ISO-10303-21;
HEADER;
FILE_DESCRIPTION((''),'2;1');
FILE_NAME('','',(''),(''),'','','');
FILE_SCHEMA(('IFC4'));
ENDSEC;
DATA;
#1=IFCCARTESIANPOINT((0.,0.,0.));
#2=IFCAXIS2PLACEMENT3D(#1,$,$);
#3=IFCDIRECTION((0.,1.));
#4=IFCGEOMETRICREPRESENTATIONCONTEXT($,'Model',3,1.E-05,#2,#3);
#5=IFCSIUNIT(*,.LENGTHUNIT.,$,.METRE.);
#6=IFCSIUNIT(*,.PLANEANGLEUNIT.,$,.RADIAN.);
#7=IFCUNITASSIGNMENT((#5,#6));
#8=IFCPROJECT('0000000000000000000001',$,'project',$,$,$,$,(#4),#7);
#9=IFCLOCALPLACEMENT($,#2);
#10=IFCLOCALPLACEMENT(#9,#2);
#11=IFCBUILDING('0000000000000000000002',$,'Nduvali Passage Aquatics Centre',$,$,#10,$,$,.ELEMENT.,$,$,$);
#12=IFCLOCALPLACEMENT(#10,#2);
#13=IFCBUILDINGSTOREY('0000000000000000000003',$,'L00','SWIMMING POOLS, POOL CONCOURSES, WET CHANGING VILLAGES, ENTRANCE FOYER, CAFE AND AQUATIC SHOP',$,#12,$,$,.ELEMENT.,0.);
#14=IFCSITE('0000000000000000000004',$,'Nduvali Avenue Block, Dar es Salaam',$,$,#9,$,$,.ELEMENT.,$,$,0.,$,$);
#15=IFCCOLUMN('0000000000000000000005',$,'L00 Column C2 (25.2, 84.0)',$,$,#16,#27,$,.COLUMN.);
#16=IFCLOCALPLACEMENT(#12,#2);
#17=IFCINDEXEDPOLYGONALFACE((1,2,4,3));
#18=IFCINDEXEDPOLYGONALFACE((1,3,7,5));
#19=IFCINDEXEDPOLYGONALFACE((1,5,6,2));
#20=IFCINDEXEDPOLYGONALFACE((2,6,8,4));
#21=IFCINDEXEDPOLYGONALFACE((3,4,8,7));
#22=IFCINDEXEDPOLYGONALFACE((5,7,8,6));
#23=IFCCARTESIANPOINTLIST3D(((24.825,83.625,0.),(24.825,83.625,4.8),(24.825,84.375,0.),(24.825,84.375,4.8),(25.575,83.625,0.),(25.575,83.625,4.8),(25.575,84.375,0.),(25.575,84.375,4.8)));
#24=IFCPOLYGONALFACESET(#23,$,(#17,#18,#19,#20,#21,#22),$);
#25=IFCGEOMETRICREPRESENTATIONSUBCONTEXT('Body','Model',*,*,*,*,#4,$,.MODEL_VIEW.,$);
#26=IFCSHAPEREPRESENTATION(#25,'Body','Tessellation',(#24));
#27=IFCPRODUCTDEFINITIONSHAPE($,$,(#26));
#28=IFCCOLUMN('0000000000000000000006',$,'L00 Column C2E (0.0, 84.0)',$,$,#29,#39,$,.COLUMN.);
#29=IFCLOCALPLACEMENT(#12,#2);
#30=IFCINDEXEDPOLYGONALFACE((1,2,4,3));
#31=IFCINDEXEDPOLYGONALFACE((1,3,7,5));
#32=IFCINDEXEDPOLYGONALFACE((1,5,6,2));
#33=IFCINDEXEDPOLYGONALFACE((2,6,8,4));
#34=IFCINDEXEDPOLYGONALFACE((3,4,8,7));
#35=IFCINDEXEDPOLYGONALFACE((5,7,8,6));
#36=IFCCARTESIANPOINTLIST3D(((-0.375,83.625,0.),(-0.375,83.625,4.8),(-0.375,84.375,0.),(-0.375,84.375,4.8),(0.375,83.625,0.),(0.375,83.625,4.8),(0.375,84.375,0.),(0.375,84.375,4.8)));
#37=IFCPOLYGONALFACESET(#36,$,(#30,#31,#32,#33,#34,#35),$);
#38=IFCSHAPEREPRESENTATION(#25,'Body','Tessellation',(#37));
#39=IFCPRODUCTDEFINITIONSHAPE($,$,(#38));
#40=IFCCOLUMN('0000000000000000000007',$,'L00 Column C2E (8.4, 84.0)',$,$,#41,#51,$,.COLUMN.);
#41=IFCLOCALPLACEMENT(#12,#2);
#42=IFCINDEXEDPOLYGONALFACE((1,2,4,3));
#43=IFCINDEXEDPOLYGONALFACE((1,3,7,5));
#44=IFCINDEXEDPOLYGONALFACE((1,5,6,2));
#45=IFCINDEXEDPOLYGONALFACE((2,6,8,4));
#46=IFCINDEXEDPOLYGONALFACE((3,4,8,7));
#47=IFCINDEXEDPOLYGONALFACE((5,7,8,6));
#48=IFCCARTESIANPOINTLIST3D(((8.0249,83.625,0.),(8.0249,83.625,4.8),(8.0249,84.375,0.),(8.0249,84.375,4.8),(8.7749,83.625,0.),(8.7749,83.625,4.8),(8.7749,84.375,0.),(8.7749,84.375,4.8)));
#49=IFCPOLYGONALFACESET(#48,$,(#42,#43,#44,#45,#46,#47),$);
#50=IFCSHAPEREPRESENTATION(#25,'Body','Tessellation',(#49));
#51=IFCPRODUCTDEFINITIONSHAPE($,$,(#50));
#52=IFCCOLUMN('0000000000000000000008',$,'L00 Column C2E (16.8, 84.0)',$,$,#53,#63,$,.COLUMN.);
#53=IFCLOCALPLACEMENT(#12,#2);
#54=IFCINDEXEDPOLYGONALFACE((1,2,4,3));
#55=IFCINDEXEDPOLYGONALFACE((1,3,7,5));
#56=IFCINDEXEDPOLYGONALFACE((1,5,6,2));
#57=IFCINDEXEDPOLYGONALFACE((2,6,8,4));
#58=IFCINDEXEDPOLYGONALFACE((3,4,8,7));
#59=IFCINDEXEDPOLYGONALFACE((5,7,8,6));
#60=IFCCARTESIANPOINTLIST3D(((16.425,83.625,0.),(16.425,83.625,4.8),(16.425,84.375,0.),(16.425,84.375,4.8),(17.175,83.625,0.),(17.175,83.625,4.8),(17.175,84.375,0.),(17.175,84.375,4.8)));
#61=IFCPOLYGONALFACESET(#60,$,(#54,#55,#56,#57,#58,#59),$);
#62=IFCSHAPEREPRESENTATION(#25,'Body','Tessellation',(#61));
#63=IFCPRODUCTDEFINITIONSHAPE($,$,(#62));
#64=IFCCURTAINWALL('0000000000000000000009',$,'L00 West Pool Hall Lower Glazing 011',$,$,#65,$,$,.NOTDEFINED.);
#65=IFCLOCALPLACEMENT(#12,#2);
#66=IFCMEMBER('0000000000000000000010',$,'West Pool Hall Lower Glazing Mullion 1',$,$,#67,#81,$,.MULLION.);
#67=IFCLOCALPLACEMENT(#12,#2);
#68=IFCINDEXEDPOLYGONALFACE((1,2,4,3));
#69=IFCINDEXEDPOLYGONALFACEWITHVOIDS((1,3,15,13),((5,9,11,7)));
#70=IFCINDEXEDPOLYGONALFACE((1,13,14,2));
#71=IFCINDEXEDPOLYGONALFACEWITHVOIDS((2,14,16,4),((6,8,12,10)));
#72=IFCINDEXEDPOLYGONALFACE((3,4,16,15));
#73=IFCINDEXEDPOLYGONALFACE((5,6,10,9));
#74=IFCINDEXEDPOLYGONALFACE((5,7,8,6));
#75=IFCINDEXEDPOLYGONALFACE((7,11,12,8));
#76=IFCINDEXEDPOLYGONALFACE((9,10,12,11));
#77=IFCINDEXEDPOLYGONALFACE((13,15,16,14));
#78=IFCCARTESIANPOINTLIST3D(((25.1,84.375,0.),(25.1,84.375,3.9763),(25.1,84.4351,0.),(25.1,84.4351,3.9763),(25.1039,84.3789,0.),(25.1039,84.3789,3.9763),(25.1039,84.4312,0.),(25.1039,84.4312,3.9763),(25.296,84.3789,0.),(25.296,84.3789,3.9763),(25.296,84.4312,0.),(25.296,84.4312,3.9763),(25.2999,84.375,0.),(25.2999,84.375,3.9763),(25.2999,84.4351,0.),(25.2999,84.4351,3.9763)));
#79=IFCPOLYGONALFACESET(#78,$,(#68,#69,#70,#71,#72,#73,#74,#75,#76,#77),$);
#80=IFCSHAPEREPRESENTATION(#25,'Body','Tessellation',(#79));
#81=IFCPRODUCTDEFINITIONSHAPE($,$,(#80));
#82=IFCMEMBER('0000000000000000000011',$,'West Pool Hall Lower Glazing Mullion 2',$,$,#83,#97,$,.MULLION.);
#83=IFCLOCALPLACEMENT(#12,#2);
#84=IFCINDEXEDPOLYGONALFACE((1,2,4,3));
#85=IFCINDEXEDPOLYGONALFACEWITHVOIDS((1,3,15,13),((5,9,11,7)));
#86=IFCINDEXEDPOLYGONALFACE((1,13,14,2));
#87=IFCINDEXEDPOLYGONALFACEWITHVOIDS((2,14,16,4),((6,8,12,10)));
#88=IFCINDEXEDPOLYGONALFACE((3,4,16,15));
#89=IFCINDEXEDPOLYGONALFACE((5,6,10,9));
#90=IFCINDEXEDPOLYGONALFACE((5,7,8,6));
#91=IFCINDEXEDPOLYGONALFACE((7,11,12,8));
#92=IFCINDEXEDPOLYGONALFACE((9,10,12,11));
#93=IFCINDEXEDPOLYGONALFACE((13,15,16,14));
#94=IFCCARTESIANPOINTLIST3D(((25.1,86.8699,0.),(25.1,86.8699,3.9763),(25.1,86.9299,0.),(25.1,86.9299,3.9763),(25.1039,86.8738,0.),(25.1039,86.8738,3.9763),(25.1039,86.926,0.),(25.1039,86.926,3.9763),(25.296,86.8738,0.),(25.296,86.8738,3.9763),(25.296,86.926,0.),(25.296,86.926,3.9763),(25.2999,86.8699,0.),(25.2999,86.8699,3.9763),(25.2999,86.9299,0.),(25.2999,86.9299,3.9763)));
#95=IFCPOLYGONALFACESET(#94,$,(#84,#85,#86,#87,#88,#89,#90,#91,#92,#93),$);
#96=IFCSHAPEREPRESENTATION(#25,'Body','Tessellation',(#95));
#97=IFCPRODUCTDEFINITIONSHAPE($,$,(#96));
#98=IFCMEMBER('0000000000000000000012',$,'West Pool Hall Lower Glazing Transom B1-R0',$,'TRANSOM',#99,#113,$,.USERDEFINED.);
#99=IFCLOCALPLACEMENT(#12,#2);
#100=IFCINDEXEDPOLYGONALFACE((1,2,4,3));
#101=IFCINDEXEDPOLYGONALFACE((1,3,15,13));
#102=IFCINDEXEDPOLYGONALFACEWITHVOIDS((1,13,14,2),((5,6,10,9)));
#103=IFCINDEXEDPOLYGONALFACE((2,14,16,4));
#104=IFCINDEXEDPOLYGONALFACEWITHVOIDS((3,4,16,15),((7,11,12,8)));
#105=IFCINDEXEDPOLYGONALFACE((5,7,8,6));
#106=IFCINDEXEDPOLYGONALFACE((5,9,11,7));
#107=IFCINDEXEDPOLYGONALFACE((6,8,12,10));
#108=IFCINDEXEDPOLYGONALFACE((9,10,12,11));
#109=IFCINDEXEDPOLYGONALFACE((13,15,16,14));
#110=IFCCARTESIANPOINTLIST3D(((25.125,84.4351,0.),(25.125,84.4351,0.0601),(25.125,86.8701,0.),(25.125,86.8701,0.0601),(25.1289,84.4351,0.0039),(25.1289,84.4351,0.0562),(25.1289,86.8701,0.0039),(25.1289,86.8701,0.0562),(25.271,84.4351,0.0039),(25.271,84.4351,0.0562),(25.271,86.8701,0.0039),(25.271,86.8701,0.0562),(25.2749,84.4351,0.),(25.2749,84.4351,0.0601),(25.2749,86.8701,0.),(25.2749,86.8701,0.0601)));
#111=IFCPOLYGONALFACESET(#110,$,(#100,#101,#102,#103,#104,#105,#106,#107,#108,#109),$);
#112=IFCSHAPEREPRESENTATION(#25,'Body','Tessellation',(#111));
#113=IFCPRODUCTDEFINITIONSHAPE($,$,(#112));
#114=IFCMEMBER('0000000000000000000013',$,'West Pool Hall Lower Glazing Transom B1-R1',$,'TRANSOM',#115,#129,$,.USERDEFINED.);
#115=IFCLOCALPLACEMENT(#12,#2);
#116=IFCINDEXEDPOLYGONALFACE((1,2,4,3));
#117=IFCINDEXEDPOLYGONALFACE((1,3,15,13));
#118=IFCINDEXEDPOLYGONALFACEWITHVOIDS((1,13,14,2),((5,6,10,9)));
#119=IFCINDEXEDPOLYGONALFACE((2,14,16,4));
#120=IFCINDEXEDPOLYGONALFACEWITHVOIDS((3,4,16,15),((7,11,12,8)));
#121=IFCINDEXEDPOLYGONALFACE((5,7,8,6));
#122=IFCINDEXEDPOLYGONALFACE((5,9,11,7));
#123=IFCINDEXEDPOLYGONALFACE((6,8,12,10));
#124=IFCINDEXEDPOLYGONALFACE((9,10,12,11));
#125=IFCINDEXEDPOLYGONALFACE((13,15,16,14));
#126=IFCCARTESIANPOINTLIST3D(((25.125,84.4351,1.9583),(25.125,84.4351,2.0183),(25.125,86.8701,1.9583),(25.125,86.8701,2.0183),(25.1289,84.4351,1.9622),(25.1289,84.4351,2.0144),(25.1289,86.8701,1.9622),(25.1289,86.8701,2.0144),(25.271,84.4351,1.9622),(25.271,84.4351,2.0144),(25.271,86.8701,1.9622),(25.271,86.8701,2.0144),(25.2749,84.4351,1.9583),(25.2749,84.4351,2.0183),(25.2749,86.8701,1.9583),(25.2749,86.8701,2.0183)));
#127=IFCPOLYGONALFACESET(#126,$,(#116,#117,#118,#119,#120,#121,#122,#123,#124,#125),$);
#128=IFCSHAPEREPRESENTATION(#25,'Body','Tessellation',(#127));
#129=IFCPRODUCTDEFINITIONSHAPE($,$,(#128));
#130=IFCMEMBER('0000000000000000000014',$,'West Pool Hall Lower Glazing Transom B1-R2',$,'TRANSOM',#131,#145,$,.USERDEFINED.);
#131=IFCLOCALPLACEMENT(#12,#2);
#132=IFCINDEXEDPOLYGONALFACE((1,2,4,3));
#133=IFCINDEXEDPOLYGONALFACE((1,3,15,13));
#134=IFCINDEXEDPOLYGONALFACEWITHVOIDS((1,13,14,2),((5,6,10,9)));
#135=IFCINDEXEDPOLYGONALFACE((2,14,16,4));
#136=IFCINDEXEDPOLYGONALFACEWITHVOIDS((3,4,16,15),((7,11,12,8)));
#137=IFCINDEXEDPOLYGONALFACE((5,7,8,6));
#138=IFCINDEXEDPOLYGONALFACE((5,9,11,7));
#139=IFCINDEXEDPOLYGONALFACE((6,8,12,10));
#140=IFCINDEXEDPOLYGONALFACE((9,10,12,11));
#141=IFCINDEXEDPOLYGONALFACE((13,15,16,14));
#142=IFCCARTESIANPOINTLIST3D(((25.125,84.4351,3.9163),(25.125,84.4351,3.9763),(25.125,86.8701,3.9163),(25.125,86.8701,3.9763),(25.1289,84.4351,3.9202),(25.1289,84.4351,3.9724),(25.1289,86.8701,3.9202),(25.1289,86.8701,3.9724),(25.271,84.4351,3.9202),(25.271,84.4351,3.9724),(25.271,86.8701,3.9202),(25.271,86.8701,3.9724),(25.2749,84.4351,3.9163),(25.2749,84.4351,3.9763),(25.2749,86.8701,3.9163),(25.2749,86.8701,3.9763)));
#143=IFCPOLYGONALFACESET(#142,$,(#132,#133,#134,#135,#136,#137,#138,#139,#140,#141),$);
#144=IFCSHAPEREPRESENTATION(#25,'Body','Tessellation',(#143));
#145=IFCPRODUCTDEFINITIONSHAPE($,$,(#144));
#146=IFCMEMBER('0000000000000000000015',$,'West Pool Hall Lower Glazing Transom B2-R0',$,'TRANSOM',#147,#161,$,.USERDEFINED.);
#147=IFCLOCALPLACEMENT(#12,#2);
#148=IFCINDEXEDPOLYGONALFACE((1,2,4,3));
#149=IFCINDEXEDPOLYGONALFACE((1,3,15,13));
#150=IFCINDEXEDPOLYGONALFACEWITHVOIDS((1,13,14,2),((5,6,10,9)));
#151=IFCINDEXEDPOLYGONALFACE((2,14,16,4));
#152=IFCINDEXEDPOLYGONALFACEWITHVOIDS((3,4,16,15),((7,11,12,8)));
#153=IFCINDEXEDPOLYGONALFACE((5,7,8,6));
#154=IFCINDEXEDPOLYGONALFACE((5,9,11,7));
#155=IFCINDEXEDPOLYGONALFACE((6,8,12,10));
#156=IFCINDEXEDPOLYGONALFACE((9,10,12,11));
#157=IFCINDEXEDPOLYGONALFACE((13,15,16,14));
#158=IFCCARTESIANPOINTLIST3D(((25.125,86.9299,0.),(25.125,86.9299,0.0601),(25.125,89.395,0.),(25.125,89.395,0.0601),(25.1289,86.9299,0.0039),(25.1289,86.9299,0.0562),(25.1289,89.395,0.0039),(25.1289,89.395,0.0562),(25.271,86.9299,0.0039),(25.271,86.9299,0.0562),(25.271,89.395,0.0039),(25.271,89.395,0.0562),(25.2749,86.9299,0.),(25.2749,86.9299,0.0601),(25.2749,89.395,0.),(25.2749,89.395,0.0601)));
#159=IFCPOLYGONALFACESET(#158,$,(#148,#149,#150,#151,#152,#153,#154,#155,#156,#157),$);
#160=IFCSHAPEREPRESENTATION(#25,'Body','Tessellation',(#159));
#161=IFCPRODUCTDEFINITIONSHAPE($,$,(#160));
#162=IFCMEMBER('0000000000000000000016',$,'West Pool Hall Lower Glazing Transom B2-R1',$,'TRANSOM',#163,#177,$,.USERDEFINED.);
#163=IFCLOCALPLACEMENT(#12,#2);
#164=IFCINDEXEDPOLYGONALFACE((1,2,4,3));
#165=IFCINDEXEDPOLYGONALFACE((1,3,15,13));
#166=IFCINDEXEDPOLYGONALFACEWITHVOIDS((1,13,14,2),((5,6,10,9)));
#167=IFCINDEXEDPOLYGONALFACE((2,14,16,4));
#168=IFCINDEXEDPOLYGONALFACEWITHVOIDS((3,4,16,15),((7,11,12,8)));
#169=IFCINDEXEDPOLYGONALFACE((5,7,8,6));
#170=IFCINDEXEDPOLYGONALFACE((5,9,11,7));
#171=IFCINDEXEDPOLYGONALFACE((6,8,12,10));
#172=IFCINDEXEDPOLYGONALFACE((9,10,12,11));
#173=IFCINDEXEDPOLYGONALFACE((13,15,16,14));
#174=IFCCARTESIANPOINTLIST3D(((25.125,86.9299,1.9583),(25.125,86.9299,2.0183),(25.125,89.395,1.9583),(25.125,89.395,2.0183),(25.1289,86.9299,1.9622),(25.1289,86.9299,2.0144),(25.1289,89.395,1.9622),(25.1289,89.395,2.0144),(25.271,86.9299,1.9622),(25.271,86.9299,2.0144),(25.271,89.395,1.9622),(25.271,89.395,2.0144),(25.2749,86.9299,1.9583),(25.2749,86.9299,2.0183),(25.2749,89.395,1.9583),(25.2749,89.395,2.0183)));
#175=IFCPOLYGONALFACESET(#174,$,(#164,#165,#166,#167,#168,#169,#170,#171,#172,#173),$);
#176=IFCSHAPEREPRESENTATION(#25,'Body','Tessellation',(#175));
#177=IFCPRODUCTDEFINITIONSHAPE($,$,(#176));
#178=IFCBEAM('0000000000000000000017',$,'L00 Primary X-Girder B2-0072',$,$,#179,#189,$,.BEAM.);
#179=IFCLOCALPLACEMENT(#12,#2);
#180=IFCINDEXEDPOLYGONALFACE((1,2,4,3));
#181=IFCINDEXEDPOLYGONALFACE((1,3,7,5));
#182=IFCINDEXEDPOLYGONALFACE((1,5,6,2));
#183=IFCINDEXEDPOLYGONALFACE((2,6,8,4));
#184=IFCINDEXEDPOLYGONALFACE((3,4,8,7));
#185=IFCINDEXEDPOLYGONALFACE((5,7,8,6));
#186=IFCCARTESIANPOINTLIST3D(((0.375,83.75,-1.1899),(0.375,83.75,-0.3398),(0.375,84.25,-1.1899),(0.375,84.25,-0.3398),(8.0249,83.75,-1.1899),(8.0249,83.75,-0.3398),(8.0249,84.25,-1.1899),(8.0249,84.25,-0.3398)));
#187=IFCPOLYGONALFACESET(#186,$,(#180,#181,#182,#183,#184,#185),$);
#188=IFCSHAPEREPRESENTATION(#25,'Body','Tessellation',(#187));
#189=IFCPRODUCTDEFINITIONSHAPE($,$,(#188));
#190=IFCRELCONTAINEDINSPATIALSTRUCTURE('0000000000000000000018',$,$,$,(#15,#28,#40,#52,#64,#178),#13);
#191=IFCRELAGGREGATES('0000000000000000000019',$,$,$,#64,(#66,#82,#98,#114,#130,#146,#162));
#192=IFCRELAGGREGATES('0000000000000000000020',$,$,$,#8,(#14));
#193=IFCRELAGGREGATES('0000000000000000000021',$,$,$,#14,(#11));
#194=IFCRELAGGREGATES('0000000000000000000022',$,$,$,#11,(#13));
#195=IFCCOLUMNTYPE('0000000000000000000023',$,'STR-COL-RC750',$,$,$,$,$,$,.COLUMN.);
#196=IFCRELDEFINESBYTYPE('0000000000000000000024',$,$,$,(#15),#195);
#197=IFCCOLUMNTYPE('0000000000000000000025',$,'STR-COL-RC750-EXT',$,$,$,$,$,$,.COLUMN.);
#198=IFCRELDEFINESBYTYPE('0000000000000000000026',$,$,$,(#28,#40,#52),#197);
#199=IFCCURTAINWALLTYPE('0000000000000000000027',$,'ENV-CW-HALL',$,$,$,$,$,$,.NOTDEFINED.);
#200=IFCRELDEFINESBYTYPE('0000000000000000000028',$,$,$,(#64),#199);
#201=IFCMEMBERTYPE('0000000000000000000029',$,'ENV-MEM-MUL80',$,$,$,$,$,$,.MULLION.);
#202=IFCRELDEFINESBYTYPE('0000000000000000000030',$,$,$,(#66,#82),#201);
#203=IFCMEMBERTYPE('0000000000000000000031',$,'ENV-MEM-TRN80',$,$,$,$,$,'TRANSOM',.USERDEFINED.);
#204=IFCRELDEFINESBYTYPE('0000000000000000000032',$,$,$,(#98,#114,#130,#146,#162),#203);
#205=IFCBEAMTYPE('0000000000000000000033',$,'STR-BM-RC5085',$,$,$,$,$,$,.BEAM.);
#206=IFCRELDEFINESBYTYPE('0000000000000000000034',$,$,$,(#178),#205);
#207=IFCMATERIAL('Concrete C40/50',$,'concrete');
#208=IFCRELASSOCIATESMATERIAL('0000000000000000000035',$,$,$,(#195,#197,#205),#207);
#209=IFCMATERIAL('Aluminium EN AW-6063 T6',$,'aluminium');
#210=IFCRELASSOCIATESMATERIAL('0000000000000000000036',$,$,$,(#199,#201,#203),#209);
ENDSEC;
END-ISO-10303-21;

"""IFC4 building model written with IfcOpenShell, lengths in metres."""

from ifc_helpers import new_model, si_unit, direction, frame, origin, origin_2d, place, context, subcontext, project, spatial, rectangle, hollow_rectangle, extrude, material, material_profile, profile_set, type_object, element, aggregate, save


model = new_model("IFC4")

# Units and contexts
model_context = context("Model", 3, precision=1e-05, world=origin(), true_north=direction((0.0, 1.0)))
body_context = subcontext(model_context, "Body", "Model", "MODEL_VIEW")
ifc_project = project(units=[si_unit("LENGTHUNIT", "METRE"), si_unit("PLANEANGLEUNIT", "RADIAN")], contexts=[model_context])

# Site, building, storey
site_placement = place(None, origin())
site = spatial("IfcSite", under=ifc_project, at=site_placement, Name="Nduvali Avenue Block, Dar es Salaam", CompositionType="ELEMENT", RefElevation=0.0)
building_placement = place(site_placement, origin())
building = spatial("IfcBuilding", under=site, at=building_placement, Name="Nduvali Passage Aquatics Centre", CompositionType="ELEMENT")
storey_placement = place(building_placement, origin())
storey = spatial("IfcBuildingStorey", under=building, at=storey_placement, Name="L00", Description="SWIMMING POOLS, POOL CONCOURSES, WET CHANGING VILLAGES, ENTRANCE FOYER, CAFE AND AQUATIC SHOP", CompositionType="ELEMENT", Elevation=0.0)

# Columns
ifc_material_1 = material(Name="Concrete C40/50", Category="concrete")
ifc_material_profile_1 = material_profile(ifc_material_1, rectangle(XDim=0.75, YDim=0.75, at=origin_2d()), Name="RC 750x750")
ifc_profile_set_1 = profile_set([ifc_material_profile_1], Name="Concrete C40/50")
column_type_1 = type_object("IfcColumnType", Name="STR-COL-RC750", PredefinedType="COLUMN", material=ifc_profile_set_1)
column_placement = place(storey_placement, frame((25.2, 84.0, 0.0), z_axis=(0.0, 0.0, 1.0), x_axis=(1.0, 0.0, 0.0)))
element("IfcColumn", 1, at=column_placement, inside=storey, type_object=column_type_1, Name="L00 Column C2 (25.2, 84.0)", PredefinedType="COLUMN", context=body_context, shape_type="SweptSolid", body=[
    extrude(rectangle(XDim=0.75, YDim=0.75, at=origin_2d()), origin(), (0.0, 0.0, 1.0), 4.8),
])
ifc_material_profile_2 = material_profile(ifc_material_1, rectangle(XDim=0.75, YDim=0.75, at=origin_2d()), Name="RC 750x750")
ifc_profile_set_2 = profile_set([ifc_material_profile_2], Name="Concrete C40/50")
column_type_2 = type_object("IfcColumnType", Name="STR-COL-RC750-EXT", PredefinedType="COLUMN", material=ifc_profile_set_2)
for number, where, z_axis, x_axis, name in (
    (2, (0.0, 84.0, 0.0), (0.0, 0.0, 1.0), (1.0, 0.0, 0.0), "L00 Column C2E (0.0, 84.0)"),
    (3, (8.3999, 84.0, 0.0), (0.0, 0.0, 1.0), (1.0, 0.0, 0.0), "L00 Column C2E (8.4, 84.0)"),
    (4, (16.8, 84.0, 0.0), (0.0, 0.0, 1.0), (1.0, 0.0, 0.0), "L00 Column C2E (16.8, 84.0)"),
):
    element("IfcColumn", number, at=place(storey_placement, frame(where, z_axis=z_axis, x_axis=x_axis)), inside=storey, type_object=column_type_2, Name=name, PredefinedType="COLUMN", context=body_context, shape_type="SweptSolid", body=[
        extrude(rectangle(XDim=0.75, YDim=0.75, at=origin_2d()), origin(), (0.0, 0.0, 1.0), 4.8),
    ])

# Curtain wall, members
ifc_material_2 = material(Name="Aluminium EN AW-6063 T6", Category="aluminium")
curtain_wall_type = type_object("IfcCurtainWallType", Name="ENV-CW-HALL", PredefinedType="NOTDEFINED", material=ifc_material_2)
curtain_wall_placement = place(storey_placement, origin())
curtain_wall = element("IfcCurtainWall", 5, at=curtain_wall_placement, inside=storey, type_object=curtain_wall_type, Name="L00 West Pool Hall Lower Glazing 011", PredefinedType="NOTDEFINED")
ifc_material_profile_3 = material_profile(ifc_material_2, hollow_rectangle(XDim=0.0601, YDim=0.2, WallThickness=0.0039, at=origin_2d()), Name="ALU MULLION 60x200x4")
ifc_profile_set_3 = profile_set([ifc_material_profile_3], Name="Aluminium EN AW-6063 T6")
member_type_1 = type_object("IfcMemberType", Name="ENV-MEM-MUL80", PredefinedType="MULLION", material=ifc_profile_set_3)
member_1_placement = place(storey_placement, frame((25.2, 84.405, 0.0), z_axis=(0.0, 0.0, 1.0), x_axis=(0.0, 1.0, 0.0)))
member_1 = element("IfcMember", 6, at=member_1_placement, type_object=member_type_1, Name="West Pool Hall Lower Glazing Mullion 1", PredefinedType="MULLION", context=body_context, shape_type="SweptSolid", body=[
    extrude(hollow_rectangle(XDim=0.0601, YDim=0.2, WallThickness=0.0039, at=origin_2d()), origin(), (0.0, 0.0, 1.0), 3.9763),
])
member_2_placement = place(storey_placement, frame((25.2, 86.8999, 0.0), z_axis=(0.0, 0.0, 1.0), x_axis=(0.0, 1.0, 0.0)))
member_2 = element("IfcMember", 7, at=member_2_placement, type_object=member_type_1, Name="West Pool Hall Lower Glazing Mullion 2", PredefinedType="MULLION", context=body_context, shape_type="SweptSolid", body=[
    extrude(hollow_rectangle(XDim=0.0601, YDim=0.2, WallThickness=0.0039, at=origin_2d()), origin(), (0.0, 0.0, 1.0), 3.9763),
])
ifc_material_profile_4 = material_profile(ifc_material_2, hollow_rectangle(XDim=0.1499, YDim=0.0601, WallThickness=0.0039, at=origin_2d()), Name="ALU TRANSOM 150x60x4")
ifc_profile_set_4 = profile_set([ifc_material_profile_4], Name="Aluminium EN AW-6063 T6")
member_type_2 = type_object("IfcMemberType", Name="ENV-MEM-TRN80", ElementType="TRANSOM", PredefinedType="USERDEFINED", material=ifc_profile_set_4)
member_3_placement = place(storey_placement, frame((25.2, 84.4351, 0.03), z_axis=(0.0, 1.0, 0.0), x_axis=(-1.0, 0.0, 0.0)))
member_3 = element("IfcMember", 8, at=member_3_placement, type_object=member_type_2, Name="West Pool Hall Lower Glazing Transom B1-R0", ObjectType="TRANSOM", PredefinedType="USERDEFINED", context=body_context, shape_type="SweptSolid", body=[
    extrude(hollow_rectangle(XDim=0.1499, YDim=0.0601, WallThickness=0.0039, at=origin_2d()), origin(), (0.0, 0.0, 1.0), 2.4351),
])
member_4_placement = place(storey_placement, frame((25.2, 84.4351, 1.9883), z_axis=(0.0, 1.0, 0.0), x_axis=(-1.0, 0.0, 0.0)))
member_4 = element("IfcMember", 9, at=member_4_placement, type_object=member_type_2, Name="West Pool Hall Lower Glazing Transom B1-R1", ObjectType="TRANSOM", PredefinedType="USERDEFINED", context=body_context, shape_type="SweptSolid", body=[
    extrude(hollow_rectangle(XDim=0.1499, YDim=0.0601, WallThickness=0.0039, at=origin_2d()), origin(), (0.0, 0.0, 1.0), 2.4351),
])
member_5_placement = place(storey_placement, frame((25.2, 84.4351, 3.9463), z_axis=(0.0, 1.0, 0.0), x_axis=(-1.0, 0.0, 0.0)))
member_5 = element("IfcMember", 10, at=member_5_placement, type_object=member_type_2, Name="West Pool Hall Lower Glazing Transom B1-R2", ObjectType="TRANSOM", PredefinedType="USERDEFINED", context=body_context, shape_type="SweptSolid", body=[
    extrude(hollow_rectangle(XDim=0.1499, YDim=0.0601, WallThickness=0.0039, at=origin_2d()), origin(), (0.0, 0.0, 1.0), 2.4351),
])
member_6_placement = place(storey_placement, frame((25.2, 86.9299, 0.03), z_axis=(0.0, 1.0, 0.0), x_axis=(-1.0, 0.0, 0.0)))
member_6 = element("IfcMember", 11, at=member_6_placement, type_object=member_type_2, Name="West Pool Hall Lower Glazing Transom B2-R0", ObjectType="TRANSOM", PredefinedType="USERDEFINED", context=body_context, shape_type="SweptSolid", body=[
    extrude(hollow_rectangle(XDim=0.1499, YDim=0.0601, WallThickness=0.0039, at=origin_2d()), origin(), (0.0, 0.0, 1.0), 2.4651),
])
member_7_placement = place(storey_placement, frame((25.2, 86.9299, 1.9883), z_axis=(0.0, 1.0, 0.0), x_axis=(-1.0, 0.0, 0.0)))
member_7 = element("IfcMember", 12, at=member_7_placement, type_object=member_type_2, Name="West Pool Hall Lower Glazing Transom B2-R1", ObjectType="TRANSOM", PredefinedType="USERDEFINED", context=body_context, shape_type="SweptSolid", body=[
    extrude(hollow_rectangle(XDim=0.1499, YDim=0.0601, WallThickness=0.0039, at=origin_2d()), origin(), (0.0, 0.0, 1.0), 2.4651),
])

# Beam
ifc_material_profile_5 = material_profile(ifc_material_1, rectangle(XDim=0.5, YDim=0.8501, at=origin_2d()), Name="RC 500x850")
ifc_profile_set_5 = profile_set([ifc_material_profile_5], Name="Concrete C40/50")
beam_type_1 = type_object("IfcBeamType", Name="STR-BM-RC5085", PredefinedType="BEAM", material=ifc_profile_set_5)
beam_1_placement = place(storey_placement, frame((0.375, 84.0, -0.7649), z_axis=(1.0, 0.0, 0.0), x_axis=(0.0, 1.0, 0.0)))
element("IfcBeam", 13, at=beam_1_placement, inside=storey, type_object=beam_type_1, Name="L00 Primary X-Girder B2-0072", PredefinedType="BEAM", context=body_context, shape_type="SweptSolid", body=[
    extrude(rectangle(XDim=0.5, YDim=0.8501, at=origin_2d()), origin(), (0.0, 0.0, 1.0), 7.6499),
])

aggregate(curtain_wall, [member_1, member_2, member_3, member_4, member_5, member_6, member_7])

save(model, "model.ifc")
